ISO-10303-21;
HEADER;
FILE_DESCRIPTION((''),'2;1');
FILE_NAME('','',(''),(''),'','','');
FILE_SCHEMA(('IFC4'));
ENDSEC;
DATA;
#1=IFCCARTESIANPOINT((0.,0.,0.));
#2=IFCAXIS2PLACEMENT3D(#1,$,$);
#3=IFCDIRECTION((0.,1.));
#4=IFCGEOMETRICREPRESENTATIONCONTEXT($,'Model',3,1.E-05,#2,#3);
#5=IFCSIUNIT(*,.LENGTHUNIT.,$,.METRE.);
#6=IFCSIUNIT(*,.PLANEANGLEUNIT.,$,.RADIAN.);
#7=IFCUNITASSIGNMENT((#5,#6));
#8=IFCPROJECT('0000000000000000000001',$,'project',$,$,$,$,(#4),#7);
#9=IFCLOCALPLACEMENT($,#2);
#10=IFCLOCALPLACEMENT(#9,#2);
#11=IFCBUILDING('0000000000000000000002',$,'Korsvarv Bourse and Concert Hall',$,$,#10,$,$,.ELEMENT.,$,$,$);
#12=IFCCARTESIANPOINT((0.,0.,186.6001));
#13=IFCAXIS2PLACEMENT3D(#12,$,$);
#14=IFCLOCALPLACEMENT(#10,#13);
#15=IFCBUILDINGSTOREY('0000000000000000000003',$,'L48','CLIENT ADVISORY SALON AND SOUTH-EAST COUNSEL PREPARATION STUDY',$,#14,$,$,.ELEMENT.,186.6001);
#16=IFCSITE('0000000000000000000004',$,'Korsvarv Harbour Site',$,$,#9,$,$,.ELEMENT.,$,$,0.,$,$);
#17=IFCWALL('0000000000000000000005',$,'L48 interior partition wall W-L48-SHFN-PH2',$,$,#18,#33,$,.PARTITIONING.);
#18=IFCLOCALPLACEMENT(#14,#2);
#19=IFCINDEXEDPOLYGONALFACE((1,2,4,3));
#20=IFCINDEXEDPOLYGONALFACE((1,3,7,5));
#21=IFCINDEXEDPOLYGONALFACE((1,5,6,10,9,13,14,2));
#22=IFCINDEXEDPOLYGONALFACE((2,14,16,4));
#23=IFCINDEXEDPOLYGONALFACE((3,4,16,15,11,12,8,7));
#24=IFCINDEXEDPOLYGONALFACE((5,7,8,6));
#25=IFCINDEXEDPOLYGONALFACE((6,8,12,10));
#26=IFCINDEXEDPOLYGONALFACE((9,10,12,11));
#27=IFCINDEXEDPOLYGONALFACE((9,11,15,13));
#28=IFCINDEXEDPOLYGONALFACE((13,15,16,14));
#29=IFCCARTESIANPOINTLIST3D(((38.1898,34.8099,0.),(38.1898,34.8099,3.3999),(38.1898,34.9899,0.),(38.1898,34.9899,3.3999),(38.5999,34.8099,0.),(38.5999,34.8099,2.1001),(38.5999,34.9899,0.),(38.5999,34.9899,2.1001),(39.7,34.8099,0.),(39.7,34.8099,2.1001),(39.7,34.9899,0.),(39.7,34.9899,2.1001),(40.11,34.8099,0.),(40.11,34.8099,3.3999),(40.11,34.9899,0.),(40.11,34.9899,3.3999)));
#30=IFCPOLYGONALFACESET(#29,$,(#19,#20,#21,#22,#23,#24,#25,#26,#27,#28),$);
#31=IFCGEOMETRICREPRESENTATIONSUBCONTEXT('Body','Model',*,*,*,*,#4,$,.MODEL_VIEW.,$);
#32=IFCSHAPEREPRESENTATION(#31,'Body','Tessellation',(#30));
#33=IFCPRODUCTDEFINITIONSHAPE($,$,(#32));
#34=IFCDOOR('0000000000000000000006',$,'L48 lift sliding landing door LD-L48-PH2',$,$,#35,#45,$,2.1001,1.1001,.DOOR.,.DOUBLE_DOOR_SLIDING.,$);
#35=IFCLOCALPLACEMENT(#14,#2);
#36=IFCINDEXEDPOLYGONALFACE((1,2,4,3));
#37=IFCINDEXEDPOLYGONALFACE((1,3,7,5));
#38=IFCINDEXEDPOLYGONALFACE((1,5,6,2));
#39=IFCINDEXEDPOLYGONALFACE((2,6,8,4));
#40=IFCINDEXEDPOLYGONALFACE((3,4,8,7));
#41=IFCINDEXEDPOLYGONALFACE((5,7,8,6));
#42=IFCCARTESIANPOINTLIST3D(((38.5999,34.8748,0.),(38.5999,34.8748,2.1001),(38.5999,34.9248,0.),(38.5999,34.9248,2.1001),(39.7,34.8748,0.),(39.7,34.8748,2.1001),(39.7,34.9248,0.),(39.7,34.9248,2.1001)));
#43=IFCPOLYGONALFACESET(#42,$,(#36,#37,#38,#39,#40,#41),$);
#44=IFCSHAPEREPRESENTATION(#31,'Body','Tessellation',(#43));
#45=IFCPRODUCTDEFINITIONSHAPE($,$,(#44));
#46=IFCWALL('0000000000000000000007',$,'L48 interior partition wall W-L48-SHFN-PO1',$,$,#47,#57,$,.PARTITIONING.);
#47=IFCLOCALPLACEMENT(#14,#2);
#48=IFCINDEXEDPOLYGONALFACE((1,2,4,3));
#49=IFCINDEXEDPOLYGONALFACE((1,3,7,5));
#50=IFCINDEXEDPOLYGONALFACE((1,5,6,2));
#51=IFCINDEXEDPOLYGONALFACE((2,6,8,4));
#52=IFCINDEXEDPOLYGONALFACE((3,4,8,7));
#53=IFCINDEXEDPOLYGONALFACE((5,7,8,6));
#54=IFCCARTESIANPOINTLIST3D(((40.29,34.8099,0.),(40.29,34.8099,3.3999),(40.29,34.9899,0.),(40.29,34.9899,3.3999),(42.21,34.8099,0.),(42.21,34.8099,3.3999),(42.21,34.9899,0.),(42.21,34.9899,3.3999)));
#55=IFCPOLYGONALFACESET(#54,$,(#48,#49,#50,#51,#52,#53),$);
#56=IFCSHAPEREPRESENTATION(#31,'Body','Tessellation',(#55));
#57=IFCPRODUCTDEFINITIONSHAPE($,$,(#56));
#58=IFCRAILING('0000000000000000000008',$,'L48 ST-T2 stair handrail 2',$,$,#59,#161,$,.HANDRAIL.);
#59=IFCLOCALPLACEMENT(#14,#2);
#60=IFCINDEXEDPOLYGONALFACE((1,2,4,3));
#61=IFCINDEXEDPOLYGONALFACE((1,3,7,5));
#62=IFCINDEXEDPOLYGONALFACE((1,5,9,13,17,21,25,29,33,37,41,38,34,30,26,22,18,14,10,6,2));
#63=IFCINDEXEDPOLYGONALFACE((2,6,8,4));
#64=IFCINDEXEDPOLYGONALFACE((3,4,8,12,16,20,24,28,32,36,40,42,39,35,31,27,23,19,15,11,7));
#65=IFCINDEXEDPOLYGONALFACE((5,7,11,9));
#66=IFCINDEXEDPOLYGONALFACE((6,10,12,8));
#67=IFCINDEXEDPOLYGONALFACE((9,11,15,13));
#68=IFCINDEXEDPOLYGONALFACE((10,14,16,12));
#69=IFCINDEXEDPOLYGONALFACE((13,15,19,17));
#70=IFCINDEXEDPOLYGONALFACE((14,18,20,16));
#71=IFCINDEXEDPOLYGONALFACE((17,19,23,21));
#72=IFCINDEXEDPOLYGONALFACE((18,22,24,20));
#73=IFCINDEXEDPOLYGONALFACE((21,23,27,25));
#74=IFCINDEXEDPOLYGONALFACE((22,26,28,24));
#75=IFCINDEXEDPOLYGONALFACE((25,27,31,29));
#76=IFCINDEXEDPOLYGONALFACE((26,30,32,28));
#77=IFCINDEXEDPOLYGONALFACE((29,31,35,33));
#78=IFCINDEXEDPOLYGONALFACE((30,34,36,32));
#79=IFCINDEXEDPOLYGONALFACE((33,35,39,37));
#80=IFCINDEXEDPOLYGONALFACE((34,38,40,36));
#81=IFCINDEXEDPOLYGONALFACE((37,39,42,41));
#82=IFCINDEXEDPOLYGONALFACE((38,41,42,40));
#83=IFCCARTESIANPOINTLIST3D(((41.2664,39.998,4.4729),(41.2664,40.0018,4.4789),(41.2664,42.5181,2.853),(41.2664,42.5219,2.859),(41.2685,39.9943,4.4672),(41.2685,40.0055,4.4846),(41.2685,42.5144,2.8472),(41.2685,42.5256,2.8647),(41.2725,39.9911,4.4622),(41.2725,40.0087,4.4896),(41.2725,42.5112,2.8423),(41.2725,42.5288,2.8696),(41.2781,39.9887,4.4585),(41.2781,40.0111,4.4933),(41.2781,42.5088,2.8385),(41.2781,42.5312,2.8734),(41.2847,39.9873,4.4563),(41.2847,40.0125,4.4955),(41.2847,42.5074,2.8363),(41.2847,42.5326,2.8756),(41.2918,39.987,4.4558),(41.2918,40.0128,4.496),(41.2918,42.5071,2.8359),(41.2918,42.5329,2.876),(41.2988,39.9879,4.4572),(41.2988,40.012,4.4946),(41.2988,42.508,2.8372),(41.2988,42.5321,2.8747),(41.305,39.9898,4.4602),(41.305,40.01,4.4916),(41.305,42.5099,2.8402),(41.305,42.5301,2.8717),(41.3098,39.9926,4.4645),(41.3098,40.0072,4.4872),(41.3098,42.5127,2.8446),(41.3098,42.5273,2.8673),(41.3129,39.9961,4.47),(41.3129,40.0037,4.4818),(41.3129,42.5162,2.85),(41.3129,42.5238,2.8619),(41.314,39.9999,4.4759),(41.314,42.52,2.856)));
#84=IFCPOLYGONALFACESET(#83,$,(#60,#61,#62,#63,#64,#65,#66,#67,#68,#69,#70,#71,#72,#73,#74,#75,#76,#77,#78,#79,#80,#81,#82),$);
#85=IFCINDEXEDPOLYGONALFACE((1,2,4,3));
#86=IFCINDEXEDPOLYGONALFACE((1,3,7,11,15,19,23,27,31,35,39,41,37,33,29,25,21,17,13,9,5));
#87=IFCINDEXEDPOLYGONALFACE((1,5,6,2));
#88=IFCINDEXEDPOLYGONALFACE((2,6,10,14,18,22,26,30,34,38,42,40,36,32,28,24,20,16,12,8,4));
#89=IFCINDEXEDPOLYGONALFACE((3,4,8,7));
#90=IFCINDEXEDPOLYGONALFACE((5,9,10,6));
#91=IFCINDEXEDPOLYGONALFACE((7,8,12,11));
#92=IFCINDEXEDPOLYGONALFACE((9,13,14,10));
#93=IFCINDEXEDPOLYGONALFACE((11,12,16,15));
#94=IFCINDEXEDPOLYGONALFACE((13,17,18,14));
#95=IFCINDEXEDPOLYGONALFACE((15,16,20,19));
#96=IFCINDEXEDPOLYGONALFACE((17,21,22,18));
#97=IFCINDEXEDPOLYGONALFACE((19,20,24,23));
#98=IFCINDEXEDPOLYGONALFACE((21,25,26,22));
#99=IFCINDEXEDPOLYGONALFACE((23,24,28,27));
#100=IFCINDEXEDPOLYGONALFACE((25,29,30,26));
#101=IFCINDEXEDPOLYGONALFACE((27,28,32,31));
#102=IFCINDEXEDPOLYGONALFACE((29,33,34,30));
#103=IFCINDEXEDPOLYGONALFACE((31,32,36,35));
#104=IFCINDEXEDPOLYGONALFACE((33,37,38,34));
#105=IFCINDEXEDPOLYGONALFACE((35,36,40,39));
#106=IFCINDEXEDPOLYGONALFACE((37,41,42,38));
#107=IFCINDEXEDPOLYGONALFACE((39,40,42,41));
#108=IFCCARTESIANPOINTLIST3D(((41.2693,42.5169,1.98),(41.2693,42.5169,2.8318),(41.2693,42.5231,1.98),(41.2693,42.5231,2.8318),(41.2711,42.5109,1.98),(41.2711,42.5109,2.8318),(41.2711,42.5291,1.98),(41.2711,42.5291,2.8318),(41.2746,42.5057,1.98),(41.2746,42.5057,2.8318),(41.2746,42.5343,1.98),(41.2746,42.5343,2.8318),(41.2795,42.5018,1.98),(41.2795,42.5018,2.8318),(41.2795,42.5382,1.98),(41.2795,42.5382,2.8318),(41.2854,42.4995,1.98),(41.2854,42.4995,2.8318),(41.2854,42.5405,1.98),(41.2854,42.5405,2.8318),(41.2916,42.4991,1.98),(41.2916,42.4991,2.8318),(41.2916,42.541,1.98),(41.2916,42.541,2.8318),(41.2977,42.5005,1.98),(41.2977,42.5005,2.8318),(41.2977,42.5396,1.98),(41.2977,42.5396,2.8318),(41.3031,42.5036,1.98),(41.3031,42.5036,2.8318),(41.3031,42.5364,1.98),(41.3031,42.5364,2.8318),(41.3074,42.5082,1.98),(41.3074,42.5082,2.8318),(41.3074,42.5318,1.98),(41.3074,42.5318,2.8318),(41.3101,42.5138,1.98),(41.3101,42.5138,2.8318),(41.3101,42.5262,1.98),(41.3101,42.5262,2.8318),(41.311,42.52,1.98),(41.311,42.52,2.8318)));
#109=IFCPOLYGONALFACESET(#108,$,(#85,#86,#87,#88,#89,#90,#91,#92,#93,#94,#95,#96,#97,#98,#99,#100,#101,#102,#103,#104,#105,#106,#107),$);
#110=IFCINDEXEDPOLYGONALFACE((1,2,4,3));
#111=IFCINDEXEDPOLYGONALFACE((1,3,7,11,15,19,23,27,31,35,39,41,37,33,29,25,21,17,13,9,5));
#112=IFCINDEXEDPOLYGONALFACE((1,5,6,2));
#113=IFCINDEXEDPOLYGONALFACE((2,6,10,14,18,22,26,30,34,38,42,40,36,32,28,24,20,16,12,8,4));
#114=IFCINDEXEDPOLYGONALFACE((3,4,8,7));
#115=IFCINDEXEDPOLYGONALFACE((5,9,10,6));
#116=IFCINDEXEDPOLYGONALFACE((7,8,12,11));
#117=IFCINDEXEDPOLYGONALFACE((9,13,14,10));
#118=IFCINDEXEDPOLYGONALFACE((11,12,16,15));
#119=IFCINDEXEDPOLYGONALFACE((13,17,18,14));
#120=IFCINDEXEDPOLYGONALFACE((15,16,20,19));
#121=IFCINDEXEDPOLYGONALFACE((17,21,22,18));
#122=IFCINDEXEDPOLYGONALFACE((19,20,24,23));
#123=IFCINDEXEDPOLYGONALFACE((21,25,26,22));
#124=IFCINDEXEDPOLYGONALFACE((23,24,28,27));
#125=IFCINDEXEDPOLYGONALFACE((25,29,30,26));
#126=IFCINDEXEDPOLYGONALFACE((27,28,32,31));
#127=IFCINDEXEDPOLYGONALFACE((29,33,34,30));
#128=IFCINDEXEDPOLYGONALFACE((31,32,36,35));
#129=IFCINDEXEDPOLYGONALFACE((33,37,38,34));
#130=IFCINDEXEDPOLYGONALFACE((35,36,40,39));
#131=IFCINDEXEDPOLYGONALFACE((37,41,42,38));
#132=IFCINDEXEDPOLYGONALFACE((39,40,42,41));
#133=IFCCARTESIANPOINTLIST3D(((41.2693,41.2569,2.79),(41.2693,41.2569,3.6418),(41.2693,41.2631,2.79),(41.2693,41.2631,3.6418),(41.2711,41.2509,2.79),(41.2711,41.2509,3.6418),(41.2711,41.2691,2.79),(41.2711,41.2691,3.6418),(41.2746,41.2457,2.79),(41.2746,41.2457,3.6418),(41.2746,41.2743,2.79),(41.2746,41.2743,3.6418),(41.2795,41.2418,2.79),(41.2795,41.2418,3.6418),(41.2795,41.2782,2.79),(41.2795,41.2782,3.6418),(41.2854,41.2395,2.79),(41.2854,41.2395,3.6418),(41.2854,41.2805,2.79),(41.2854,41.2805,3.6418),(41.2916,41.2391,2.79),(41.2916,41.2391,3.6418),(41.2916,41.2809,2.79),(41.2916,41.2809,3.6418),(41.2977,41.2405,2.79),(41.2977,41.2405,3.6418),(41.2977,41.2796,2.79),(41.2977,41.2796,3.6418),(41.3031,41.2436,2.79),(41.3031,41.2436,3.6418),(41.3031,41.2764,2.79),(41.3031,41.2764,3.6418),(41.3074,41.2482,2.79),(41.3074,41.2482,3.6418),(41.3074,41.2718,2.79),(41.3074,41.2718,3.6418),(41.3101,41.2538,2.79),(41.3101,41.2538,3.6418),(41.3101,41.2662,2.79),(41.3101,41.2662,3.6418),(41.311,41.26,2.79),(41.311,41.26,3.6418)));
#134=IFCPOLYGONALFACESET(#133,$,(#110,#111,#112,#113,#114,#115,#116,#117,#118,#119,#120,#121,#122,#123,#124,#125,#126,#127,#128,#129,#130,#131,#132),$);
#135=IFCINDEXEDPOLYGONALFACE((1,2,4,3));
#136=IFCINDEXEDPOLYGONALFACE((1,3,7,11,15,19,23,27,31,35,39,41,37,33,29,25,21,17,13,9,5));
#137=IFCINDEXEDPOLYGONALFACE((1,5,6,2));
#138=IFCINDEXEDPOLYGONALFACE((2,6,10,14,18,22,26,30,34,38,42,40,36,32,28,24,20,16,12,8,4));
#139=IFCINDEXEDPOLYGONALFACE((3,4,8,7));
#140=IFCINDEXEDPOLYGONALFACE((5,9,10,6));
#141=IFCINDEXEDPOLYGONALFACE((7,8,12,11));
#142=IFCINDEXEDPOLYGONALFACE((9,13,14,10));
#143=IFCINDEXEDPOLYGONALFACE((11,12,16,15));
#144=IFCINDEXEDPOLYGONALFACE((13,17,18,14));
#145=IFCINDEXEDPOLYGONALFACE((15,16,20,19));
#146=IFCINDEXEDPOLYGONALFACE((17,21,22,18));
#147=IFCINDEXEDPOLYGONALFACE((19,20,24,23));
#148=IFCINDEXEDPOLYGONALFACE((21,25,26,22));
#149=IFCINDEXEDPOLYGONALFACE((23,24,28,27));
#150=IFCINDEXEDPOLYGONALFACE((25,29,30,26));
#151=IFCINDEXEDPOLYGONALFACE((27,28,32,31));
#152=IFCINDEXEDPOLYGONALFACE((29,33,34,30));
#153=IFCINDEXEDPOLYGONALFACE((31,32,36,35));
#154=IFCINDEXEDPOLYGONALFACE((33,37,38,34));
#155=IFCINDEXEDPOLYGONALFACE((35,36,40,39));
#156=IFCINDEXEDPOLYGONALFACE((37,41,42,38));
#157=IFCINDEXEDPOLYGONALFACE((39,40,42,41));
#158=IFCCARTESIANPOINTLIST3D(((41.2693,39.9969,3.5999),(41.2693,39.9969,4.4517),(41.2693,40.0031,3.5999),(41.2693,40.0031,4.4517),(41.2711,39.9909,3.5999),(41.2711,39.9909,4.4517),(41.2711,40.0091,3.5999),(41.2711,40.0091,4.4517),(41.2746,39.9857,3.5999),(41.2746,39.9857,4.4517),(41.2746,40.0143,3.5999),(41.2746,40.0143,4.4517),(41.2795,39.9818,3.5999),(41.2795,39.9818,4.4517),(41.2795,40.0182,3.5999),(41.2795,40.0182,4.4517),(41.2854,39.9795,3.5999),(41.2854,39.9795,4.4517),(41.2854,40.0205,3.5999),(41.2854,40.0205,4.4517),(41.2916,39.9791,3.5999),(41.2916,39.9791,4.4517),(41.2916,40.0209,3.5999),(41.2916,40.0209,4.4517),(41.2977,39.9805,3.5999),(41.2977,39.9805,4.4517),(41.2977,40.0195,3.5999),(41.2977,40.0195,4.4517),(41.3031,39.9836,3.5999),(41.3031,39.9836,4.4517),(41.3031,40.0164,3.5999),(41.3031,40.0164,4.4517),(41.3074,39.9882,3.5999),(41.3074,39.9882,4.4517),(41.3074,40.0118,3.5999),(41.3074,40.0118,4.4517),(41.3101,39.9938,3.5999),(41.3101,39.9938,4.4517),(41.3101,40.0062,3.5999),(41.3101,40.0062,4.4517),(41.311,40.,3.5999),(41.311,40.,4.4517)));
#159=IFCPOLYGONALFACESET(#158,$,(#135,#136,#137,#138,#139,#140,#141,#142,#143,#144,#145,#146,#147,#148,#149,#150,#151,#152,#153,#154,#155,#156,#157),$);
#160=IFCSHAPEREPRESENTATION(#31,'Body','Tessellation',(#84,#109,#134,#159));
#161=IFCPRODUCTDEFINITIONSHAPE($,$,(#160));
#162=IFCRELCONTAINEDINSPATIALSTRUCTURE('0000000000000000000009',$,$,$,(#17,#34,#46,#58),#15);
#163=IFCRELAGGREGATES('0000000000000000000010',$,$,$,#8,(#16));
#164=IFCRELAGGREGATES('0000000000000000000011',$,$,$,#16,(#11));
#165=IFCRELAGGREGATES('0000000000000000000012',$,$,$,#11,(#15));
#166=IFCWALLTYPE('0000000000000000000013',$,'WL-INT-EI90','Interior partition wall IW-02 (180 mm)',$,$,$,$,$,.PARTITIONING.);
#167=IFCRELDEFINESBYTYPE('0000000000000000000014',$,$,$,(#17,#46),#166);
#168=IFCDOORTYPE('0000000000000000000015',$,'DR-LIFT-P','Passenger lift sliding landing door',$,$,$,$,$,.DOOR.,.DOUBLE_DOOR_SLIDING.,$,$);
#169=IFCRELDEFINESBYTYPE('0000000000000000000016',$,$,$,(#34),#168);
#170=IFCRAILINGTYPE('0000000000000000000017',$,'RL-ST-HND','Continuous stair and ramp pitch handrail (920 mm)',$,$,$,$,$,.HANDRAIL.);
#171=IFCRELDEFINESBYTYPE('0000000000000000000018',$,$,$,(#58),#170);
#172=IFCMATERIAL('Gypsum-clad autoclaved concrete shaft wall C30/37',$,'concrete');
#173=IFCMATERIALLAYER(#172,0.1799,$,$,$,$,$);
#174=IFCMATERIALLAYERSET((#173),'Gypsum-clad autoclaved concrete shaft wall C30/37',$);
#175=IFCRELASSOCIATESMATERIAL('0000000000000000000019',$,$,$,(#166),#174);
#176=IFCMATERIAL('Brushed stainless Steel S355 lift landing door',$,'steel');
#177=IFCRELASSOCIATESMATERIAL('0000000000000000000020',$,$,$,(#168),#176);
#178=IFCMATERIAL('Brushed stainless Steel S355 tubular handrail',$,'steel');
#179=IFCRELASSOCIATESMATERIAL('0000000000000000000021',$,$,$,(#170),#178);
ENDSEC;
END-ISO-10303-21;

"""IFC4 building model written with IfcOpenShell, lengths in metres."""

from ifc_helpers import new_model, si_unit, direction, frame, frame_2d, origin, origin_2d, place, context, subcontext, project, spatial, rectangle, circle, extrude, material, layer, layer_set, type_object, element, fill, save


model = new_model("IFC4")

# Units and contexts
model_context = context("Model", 3, precision=1e-05, world=origin(), true_north=direction((0.0, 1.0)))
body_context = subcontext(model_context, "Body", "Model", "MODEL_VIEW")
ifc_project = project(units=[si_unit("LENGTHUNIT", "METRE"), si_unit("PLANEANGLEUNIT", "RADIAN")], contexts=[model_context])

# Site, building, storey
site_placement = place(None, origin())
site = spatial("IfcSite", under=ifc_project, at=site_placement, Name="Korsvarv Harbour Site", CompositionType="ELEMENT", RefElevation=0.0)
building_placement = place(site_placement, origin())
building = spatial("IfcBuilding", under=site, at=building_placement, Name="Korsvarv Bourse and Concert Hall", CompositionType="ELEMENT")
storey_placement = place(building_placement, frame((0.0, 0.0, 186.6001)))
storey = spatial("IfcBuildingStorey", under=building, at=storey_placement, Name="L48", Description="CLIENT ADVISORY SALON AND SOUTH-EAST COUNSEL PREPARATION STUDY", CompositionType="ELEMENT", Elevation=186.6001)

# Wall, opening, door
ifc_material_1 = material(Name="Gypsum-clad autoclaved concrete shaft wall C30/37", Category="concrete")
ifc_layer_1 = layer(ifc_material_1, 0.1799)
ifc_layer_set_1 = layer_set([ifc_layer_1], Name="Gypsum-clad autoclaved concrete shaft wall C30/37")
wall_type_1 = type_object("IfcWallType", Name="WL-INT-EI90", Description="Interior partition wall IW-02 (180 mm)", PredefinedType="PARTITIONING", material=ifc_layer_set_1)
ifc_material_2 = material(Name="Brushed stainless Steel S355 lift landing door", Category="steel")
door_type_1 = type_object("IfcDoorType", Name="DR-LIFT-P", Description="Passenger lift sliding landing door", OperationType="DOUBLE_DOOR_SLIDING", PredefinedType="DOOR", material=ifc_material_2)
wall_1_placement = place(storey_placement, frame((38.1899, 34.8999, 0.0), z_axis=(0.0, 0.0, 1.0), x_axis=(1.0, 0.0, 0.0)))
wall_1 = element("IfcWall", 1, at=wall_1_placement, inside=storey, type_object=wall_type_1, Name="L48 interior partition wall W-L48-SHFN-PH2", PredefinedType="PARTITIONING", context=body_context, shape_type="SweptSolid", body=[
    extrude(rectangle(XDim=1.9202, YDim=0.1799, at=frame_2d((0.96, 0.0))), origin(), (0.0, 0.0, 1.0), 3.3999),
])
opening_1_placement = place(wall_1_placement, frame((0.4099, 0.0, 0.0)))
opening_1 = element("IfcOpeningElement", 2, at=opening_1_placement, cuts=wall_1, PredefinedType="OPENING", context=body_context, shape_type="SweptSolid", body=[
    extrude(rectangle(XDim=1.1001, YDim=2.1001, at=frame_2d((0.55, 1.05))), frame((0.0, 0.1001, 0.0), z_axis=(0.0, -1.0, 0.0), x_axis=(1.0, 0.0, 0.0)), (0.0, 0.0, 1.0), 0.2),
])
door_1_placement = place(opening_1_placement, origin())
door_1 = element("IfcDoor", 3, at=door_1_placement, inside=storey, type_object=door_type_1, Name="L48 lift sliding landing door LD-L48-PH2", OperationType="DOUBLE_DOOR_SLIDING", OverallHeight=2.1001, OverallWidth=1.1001, PredefinedType="DOOR", context=body_context, shape_type="SweptSolid", body=[
    extrude(rectangle(XDim=1.1001, YDim=2.1001, at=frame_2d((0.55, 1.05))), frame((0.0, 0.0249, 0.0), z_axis=(0.0, -1.0, 0.0), x_axis=(1.0, 0.0, 0.0)), (0.0, 0.0, 1.0), 0.05),
])
fill(opening_1, door_1)

# Wall
wall_2_placement = place(storey_placement, frame((40.29, 34.8999, 0.0), z_axis=(0.0, 0.0, 1.0), x_axis=(1.0, 0.0, 0.0)))
element("IfcWall", 4, at=wall_2_placement, inside=storey, type_object=wall_type_1, Name="L48 interior partition wall W-L48-SHFN-PO1", PredefinedType="PARTITIONING", context=body_context, shape_type="SweptSolid", body=[
    extrude(rectangle(XDim=1.9199, YDim=0.1799, at=frame_2d((0.96, 0.0))), origin(), (0.0, 0.0, 1.0), 3.3999),
])

# Railing
ifc_material_3 = material(Name="Brushed stainless Steel S355 tubular handrail", Category="steel")
railing_type = type_object("IfcRailingType", Name="RL-ST-HND", Description="Continuous stair and ramp pitch handrail (920 mm)", PredefinedType="HANDRAIL", material=ifc_material_3)
railing_placement = place(storey_placement, frame((41.29, 42.52, 1.98)))
element("IfcRailing", 5, at=railing_placement, inside=storey, type_object=railing_type, Name="L48 ST-T2 stair handrail 2", PredefinedType="HANDRAIL", context=body_context, shape_type="SweptSolid", body=[
    extrude(circle(Radius=0.0239, at=origin_2d()), frame((0.0, 0.0, 0.876), z_axis=(0.0, -0.8412, 0.540725), x_axis=(1.0, 0.0, 0.0)), (0.0, 0.0, 1.0), 2.9958),
    extrude(circle(Radius=0.021, at=origin_2d()), origin(), (0.0, 0.0, 1.0), 0.8518),
    extrude(circle(Radius=0.021, at=origin_2d()), frame((0.0, -1.26, 0.8101)), (0.0, 0.0, 1.0), 0.8518),
    extrude(circle(Radius=0.021, at=origin_2d()), frame((0.0, -2.52, 1.6199)), (0.0, 0.0, 1.0), 0.8518),
])

save(model, "model.ifc")
